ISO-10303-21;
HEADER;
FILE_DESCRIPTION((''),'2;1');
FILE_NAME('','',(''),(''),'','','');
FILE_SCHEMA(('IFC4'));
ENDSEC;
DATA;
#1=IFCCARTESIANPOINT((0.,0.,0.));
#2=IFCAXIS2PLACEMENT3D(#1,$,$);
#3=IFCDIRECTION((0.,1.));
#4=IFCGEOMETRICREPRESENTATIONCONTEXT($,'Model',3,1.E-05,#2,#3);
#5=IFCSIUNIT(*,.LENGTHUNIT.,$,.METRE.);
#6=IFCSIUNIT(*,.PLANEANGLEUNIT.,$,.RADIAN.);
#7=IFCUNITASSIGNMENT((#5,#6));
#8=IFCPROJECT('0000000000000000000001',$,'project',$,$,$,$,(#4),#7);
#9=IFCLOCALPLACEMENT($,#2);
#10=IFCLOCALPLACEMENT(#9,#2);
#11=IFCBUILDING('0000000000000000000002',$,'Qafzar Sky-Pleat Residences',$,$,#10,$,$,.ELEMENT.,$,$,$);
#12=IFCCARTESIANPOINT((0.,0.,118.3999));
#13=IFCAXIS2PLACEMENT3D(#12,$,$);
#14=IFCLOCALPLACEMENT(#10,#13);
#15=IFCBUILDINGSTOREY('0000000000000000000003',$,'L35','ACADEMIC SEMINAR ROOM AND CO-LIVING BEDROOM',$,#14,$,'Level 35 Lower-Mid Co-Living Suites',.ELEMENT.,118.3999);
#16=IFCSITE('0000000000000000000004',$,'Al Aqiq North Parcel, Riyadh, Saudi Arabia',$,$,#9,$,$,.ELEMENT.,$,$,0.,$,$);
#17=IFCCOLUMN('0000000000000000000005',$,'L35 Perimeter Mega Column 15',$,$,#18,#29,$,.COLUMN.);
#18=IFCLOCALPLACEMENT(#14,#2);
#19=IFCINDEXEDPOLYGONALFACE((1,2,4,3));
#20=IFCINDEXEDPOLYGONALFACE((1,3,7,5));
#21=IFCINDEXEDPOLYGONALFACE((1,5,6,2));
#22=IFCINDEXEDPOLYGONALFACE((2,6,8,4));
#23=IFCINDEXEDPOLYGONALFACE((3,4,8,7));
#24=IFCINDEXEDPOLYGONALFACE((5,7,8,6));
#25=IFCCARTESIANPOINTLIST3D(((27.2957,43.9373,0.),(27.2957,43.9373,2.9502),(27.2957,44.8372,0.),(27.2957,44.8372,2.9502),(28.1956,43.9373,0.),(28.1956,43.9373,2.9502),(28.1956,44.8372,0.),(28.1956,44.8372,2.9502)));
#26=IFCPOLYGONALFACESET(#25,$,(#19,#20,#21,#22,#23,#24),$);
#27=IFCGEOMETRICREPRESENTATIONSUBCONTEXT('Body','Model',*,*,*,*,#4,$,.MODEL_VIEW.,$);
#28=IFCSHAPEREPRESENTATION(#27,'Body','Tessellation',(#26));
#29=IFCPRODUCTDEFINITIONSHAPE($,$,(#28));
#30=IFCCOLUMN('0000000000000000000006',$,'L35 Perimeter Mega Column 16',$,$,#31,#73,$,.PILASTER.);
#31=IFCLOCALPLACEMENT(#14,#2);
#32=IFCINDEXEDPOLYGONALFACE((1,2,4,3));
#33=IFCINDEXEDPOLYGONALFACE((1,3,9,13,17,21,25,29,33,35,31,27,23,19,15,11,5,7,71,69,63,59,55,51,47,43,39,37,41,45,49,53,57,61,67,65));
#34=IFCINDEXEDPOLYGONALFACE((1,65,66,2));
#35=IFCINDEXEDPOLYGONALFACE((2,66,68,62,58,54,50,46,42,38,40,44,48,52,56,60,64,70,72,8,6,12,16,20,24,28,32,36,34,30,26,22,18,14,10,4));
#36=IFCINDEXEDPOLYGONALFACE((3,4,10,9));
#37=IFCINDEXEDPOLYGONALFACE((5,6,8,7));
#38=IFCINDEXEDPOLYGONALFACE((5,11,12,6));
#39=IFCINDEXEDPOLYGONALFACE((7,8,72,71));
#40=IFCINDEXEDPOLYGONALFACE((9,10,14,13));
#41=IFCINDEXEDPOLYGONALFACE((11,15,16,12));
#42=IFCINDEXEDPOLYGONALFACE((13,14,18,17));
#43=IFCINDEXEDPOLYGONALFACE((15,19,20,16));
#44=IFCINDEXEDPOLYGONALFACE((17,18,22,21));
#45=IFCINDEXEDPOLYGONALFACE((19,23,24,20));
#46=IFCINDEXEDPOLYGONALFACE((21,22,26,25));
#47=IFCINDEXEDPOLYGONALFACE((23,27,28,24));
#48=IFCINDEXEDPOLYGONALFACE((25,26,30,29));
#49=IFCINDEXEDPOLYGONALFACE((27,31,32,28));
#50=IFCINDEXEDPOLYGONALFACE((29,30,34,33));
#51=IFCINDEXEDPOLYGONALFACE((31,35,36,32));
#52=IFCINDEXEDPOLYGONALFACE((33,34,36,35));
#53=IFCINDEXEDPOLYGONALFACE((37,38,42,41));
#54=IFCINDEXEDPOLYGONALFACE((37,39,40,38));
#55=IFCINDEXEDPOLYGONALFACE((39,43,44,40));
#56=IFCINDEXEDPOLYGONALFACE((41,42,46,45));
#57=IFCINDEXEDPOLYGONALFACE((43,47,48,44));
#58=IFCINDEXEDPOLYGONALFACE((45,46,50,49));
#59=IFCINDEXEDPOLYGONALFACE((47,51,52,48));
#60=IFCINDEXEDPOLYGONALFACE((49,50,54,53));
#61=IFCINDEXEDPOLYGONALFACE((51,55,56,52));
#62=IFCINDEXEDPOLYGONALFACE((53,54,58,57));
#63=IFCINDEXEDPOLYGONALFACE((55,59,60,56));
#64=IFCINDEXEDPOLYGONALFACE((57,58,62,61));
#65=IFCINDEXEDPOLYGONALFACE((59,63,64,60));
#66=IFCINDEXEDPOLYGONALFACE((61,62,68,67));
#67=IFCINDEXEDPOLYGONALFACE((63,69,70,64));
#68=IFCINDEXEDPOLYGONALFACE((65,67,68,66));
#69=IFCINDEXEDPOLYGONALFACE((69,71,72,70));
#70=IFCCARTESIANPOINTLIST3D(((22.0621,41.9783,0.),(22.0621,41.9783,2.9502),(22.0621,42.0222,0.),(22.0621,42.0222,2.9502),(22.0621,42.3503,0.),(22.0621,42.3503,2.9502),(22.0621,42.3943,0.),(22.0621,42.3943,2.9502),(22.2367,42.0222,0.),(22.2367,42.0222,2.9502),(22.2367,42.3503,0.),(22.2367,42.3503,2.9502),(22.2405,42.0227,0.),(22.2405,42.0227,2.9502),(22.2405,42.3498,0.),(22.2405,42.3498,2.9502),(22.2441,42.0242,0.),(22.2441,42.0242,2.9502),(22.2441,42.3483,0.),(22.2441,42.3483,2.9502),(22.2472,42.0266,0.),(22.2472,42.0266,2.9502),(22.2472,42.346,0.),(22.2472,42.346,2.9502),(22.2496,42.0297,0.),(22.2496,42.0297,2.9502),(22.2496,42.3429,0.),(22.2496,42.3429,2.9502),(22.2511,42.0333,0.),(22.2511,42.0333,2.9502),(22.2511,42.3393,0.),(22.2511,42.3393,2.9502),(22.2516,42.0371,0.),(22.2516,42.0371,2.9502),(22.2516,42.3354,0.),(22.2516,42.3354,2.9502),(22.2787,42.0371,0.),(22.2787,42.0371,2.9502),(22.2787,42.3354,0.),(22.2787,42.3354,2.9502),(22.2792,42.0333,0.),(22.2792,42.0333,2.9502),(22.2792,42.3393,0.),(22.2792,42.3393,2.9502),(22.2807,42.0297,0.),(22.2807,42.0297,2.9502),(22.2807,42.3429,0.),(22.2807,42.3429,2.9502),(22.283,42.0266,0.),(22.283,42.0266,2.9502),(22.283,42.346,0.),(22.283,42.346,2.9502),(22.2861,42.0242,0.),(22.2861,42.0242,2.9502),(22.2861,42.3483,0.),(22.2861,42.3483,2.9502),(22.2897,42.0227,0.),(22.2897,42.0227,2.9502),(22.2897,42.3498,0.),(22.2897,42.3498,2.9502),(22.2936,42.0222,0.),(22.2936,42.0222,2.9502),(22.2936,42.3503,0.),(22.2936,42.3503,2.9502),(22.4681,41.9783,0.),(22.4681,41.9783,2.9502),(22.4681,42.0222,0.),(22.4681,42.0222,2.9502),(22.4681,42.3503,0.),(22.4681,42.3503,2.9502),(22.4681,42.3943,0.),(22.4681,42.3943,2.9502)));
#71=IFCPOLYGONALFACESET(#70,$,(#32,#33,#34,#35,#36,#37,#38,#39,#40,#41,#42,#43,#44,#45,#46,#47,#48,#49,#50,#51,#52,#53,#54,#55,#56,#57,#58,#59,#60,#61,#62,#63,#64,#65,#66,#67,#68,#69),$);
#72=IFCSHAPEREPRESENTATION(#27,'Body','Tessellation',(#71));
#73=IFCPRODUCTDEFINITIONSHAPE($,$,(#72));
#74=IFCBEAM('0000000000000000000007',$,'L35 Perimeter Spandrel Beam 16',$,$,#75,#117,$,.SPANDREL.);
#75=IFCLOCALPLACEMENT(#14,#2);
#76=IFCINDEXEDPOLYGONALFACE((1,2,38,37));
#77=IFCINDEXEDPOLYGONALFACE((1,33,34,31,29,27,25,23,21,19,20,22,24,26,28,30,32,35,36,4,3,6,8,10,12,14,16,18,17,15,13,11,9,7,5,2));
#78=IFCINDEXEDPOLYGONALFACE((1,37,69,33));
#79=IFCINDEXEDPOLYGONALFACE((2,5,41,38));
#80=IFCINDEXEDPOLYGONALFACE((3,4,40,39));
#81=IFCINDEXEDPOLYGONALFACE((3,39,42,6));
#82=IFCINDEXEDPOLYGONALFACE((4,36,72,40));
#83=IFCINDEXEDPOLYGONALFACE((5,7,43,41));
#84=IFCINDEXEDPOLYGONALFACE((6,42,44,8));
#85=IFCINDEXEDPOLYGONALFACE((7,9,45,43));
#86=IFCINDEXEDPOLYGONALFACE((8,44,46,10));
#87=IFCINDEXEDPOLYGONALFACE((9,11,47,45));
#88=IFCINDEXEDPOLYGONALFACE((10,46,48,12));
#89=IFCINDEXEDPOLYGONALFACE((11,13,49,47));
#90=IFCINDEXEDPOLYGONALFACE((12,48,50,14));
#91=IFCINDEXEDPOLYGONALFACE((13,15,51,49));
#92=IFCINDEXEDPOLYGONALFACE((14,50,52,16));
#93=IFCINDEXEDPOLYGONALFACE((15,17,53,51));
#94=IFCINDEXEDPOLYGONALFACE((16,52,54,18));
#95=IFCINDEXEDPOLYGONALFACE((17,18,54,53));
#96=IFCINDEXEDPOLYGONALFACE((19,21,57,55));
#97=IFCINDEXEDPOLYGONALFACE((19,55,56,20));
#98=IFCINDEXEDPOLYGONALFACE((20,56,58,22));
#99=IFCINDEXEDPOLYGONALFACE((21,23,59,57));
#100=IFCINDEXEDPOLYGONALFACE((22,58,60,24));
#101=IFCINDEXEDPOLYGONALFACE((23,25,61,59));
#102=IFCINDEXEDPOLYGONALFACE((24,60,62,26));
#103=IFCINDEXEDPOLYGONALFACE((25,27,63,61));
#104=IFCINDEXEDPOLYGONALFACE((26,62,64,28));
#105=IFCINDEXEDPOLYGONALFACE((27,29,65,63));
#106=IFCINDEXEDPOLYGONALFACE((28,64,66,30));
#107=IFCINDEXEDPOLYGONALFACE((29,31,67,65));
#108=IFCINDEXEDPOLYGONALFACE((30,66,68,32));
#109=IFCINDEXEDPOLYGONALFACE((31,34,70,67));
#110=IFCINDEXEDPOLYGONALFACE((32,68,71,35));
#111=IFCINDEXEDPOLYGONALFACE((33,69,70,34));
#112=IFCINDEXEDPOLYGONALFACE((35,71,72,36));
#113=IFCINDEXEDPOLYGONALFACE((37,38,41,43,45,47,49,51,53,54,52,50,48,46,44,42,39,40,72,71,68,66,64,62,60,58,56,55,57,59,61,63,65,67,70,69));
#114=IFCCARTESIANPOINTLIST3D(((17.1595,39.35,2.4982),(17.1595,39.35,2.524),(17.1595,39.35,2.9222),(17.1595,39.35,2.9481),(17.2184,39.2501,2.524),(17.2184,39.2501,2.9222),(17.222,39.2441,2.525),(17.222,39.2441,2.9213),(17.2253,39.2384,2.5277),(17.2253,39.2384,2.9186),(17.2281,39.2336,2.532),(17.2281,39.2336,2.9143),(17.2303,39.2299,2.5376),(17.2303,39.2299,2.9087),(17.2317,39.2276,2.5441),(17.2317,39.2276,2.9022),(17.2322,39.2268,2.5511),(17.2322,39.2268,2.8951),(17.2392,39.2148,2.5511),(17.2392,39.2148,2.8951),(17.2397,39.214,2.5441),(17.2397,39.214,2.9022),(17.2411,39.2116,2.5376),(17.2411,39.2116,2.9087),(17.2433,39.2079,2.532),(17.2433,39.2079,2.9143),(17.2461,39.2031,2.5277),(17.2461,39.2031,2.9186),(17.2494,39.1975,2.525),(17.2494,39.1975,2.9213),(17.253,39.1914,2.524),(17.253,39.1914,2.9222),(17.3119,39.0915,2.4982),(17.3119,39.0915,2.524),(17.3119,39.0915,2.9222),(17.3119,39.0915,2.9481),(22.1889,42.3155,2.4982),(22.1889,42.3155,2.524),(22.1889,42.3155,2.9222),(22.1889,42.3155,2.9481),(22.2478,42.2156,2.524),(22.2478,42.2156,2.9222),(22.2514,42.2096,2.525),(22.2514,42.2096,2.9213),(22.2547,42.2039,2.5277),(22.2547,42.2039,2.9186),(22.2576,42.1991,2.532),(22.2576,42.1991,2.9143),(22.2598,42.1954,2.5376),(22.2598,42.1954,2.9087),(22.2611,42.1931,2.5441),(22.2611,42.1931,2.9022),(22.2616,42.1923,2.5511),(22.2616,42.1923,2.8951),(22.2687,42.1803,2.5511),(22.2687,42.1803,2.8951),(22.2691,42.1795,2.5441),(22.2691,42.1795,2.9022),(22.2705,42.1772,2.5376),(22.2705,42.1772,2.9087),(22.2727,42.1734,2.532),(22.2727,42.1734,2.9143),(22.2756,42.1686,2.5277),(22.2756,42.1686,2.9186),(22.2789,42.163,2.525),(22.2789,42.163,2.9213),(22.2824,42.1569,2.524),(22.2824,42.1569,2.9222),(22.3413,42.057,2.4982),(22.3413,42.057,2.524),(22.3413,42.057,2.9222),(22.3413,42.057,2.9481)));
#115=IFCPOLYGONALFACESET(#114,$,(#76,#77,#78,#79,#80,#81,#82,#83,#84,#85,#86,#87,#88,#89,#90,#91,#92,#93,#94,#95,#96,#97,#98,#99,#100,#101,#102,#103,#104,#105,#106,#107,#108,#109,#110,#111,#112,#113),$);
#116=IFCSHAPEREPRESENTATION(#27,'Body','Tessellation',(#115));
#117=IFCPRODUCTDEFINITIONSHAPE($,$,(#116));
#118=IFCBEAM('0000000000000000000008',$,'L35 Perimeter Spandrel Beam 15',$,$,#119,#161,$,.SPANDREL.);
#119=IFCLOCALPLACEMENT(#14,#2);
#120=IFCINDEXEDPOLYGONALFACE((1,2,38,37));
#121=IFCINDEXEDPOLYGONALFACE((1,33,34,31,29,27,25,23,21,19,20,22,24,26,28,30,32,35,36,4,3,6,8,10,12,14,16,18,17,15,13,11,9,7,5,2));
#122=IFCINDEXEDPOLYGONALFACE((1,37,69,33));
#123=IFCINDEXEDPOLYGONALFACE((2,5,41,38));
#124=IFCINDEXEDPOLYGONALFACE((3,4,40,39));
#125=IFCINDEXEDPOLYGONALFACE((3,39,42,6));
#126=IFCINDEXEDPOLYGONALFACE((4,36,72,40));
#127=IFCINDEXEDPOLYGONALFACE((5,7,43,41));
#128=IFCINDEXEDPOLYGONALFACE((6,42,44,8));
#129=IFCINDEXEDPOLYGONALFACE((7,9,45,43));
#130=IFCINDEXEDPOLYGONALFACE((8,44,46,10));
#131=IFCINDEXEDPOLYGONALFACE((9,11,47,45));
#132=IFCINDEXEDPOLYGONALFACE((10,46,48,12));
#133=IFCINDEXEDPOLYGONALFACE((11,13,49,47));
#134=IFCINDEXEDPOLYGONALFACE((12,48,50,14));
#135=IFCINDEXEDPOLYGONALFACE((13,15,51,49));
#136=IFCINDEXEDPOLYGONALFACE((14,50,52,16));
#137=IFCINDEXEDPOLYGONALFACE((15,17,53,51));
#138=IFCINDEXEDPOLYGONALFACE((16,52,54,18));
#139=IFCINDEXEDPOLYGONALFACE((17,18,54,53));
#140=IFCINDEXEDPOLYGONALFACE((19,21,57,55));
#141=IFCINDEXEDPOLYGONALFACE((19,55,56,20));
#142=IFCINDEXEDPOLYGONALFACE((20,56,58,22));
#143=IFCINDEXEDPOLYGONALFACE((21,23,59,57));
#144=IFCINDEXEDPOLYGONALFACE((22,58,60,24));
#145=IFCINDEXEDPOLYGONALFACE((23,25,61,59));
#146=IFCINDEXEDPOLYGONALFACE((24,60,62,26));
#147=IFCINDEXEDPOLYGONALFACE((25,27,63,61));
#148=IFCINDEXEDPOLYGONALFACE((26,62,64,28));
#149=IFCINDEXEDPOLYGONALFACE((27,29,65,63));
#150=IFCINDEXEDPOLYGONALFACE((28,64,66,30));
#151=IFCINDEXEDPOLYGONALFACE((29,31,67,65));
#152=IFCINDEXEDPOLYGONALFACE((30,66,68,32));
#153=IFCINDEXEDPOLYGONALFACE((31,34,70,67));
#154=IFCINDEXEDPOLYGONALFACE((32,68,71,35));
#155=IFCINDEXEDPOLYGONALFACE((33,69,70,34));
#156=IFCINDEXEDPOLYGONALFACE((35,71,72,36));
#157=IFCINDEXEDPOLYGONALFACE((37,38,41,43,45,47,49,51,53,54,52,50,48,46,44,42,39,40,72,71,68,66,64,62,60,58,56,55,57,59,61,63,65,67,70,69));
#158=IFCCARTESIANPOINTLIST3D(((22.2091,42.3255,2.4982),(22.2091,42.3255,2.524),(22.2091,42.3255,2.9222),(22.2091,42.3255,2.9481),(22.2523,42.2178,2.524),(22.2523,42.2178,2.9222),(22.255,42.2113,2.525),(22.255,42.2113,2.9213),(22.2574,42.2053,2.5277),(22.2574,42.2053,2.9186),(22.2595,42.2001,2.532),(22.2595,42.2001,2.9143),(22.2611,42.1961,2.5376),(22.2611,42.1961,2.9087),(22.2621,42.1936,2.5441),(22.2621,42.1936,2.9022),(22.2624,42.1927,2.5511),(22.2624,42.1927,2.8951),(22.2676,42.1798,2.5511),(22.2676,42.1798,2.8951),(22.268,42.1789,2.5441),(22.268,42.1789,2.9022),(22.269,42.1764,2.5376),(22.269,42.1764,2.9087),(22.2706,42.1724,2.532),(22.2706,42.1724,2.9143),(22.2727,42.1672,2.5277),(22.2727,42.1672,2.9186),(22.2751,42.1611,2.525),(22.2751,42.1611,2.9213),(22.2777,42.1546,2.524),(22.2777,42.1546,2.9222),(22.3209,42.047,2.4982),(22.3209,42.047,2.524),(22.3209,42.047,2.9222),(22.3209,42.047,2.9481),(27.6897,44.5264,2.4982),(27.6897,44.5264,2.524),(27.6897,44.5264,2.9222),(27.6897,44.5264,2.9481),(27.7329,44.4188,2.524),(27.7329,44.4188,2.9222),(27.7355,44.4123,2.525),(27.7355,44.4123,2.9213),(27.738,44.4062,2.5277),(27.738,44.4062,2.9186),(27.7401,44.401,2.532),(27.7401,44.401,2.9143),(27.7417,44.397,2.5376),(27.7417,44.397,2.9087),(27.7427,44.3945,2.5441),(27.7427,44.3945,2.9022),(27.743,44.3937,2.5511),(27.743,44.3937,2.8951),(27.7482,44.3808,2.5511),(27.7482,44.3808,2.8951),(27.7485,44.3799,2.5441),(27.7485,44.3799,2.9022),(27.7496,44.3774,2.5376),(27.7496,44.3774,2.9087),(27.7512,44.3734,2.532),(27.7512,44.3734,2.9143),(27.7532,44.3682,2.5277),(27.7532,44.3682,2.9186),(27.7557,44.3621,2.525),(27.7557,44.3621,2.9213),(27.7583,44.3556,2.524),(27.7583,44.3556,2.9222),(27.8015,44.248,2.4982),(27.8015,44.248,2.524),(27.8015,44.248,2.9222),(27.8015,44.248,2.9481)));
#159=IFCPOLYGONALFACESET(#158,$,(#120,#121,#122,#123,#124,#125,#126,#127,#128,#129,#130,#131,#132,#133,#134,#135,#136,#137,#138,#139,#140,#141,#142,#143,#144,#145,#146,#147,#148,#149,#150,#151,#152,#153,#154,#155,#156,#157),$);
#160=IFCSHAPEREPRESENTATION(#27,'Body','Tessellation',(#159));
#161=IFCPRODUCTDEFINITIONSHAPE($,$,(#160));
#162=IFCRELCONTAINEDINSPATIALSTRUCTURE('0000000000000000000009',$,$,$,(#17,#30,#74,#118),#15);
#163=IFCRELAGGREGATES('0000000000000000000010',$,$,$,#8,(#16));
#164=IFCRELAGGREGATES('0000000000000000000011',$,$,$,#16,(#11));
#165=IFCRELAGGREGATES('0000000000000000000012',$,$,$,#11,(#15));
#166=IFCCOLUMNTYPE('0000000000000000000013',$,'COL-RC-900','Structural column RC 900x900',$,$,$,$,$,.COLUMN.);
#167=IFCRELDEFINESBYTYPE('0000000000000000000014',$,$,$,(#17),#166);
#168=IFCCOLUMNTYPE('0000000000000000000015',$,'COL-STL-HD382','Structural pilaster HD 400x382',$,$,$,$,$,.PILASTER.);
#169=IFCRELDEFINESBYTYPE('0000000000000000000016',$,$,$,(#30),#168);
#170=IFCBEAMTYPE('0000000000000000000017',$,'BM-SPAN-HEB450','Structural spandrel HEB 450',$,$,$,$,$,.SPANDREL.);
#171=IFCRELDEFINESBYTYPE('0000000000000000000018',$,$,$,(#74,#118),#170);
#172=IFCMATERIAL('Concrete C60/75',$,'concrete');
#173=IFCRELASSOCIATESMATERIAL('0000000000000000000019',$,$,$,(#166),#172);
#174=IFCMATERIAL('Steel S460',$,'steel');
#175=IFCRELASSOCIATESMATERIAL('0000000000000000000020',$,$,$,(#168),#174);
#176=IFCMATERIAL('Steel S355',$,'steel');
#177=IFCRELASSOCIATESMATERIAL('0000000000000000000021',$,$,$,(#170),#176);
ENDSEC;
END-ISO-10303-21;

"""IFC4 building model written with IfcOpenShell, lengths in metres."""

from ifc_helpers import new_model, si_unit, direction, frame, origin, origin_2d, place, context, subcontext, project, spatial, rectangle, i_section, extrude, source, transform, mapped, material, material_profile, profile_set, type_object, element, save


model = new_model("IFC4")

# Units and contexts
model_context = context("Model", 3, precision=1e-05, world=origin(), true_north=direction((0.0, 1.0)))
body_context = subcontext(model_context, "Body", "Model", "MODEL_VIEW")
ifc_project = project(units=[si_unit("LENGTHUNIT", "METRE"), si_unit("PLANEANGLEUNIT", "RADIAN")], contexts=[model_context])

# Site, building, storey
site_placement = place(None, origin())
site = spatial("IfcSite", under=ifc_project, at=site_placement, Name="Al Aqiq North Parcel, Riyadh, Saudi Arabia", CompositionType="ELEMENT", RefElevation=0.0)
building_placement = place(site_placement, origin())
building = spatial("IfcBuilding", under=site, at=building_placement, Name="Qafzar Sky-Pleat Residences", CompositionType="ELEMENT")
storey_placement = place(building_placement, frame((0.0, 0.0, 118.3999)))
storey = spatial("IfcBuildingStorey", under=building, at=storey_placement, Name="L35", Description="ACADEMIC SEMINAR ROOM AND CO-LIVING BEDROOM", LongName="Level 35 Lower-Mid Co-Living Suites", CompositionType="ELEMENT", Elevation=118.3999)

# Columns
ifc_material_1 = material(Name="Concrete C60/75", Category="concrete")
ifc_material_profile_1 = material_profile(ifc_material_1, rectangle(XDim=0.8999, YDim=0.8999, at=origin_2d()), Name="RC 900x900")
ifc_profile_set_1 = profile_set([ifc_material_profile_1], Name="Concrete C60/75")
column_type_1 = type_object("IfcColumnType", Name="COL-RC-900", Description="Structural column RC 900x900", PredefinedType="COLUMN", material=ifc_profile_set_1)
shared_shape_1 = source(origin(), body_context, "Body", "SweptSolid", [
    extrude(rectangle(XDim=0.8999, YDim=0.8999, at=origin_2d()), origin(), (0.0, 0.0, 1.0), 2.9502),
])
column_1_placement = place(storey_placement, frame((27.7456, 44.3872, 0.0), z_axis=(0.0, 0.0, 1.0), x_axis=(1.0, 0.0, 0.0)))
element("IfcColumn", 1, at=column_1_placement, inside=storey, type_object=column_type_1, Name="L35 Perimeter Mega Column 15", PredefinedType="COLUMN", context=body_context, shape_type="MappedRepresentation", body=[
    mapped(shared_shape_1, transform((0.0, 0.0, 0.0), x_axis=(1.0, 0.0, 0.0), y_axis=(0.0, 1.0, 0.0), z_axis=(0.0, 0.0, 1.0), scale=1.0)),
])
ifc_material_2 = material(Name="Steel S460", Category="steel")
ifc_material_profile_2 = material_profile(ifc_material_2, i_section(OverallWidth=0.406, OverallDepth=0.416, WebThickness=0.0271, FlangeThickness=0.0439, FilletRadius=0.0149, at=origin_2d()), Name="HD 400x382")
ifc_profile_set_2 = profile_set([ifc_material_profile_2], Name="Steel S460")
column_type_2 = type_object("IfcColumnType", Name="COL-STL-HD382", Description="Structural pilaster HD 400x382", PredefinedType="PILASTER", material=ifc_profile_set_2)
shared_shape_2 = source(origin(), body_context, "Body", "SweptSolid", [
    extrude(i_section(OverallWidth=0.406, OverallDepth=0.416, WebThickness=0.0271, FlangeThickness=0.0439, FilletRadius=0.0149, at=origin_2d()), origin(), (0.0, 0.0, 1.0), 2.9502),
])
column_2_placement = place(storey_placement, frame((22.2651, 42.1863, 0.0), z_axis=(0.0, 0.0, 1.0), x_axis=(1.0, 0.0, 0.0)))
element("IfcColumn", 2, at=column_2_placement, inside=storey, type_object=column_type_2, Name="L35 Perimeter Mega Column 16", PredefinedType="PILASTER", context=body_context, shape_type="MappedRepresentation", body=[
    mapped(shared_shape_2, transform((0.0, 0.0, 0.0), x_axis=(1.0, 0.0, 0.0), y_axis=(0.0, 1.0, 0.0), z_axis=(0.0, 0.0, 1.0), scale=1.0)),
])

# Beams
ifc_material_3 = material(Name="Steel S355", Category="steel")
ifc_material_profile_3 = material_profile(ifc_material_3, i_section(OverallWidth=0.3, OverallDepth=0.45, WebThickness=0.0139, FlangeThickness=0.0259, FilletRadius=0.0271, at=origin_2d()), Name="HEB 450")
ifc_profile_set_3 = profile_set([ifc_material_profile_3], Name="Steel S355")
beam_type_1 = type_object("IfcBeamType", Name="BM-SPAN-HEB450", Description="Structural spandrel HEB 450", PredefinedType="SPANDREL", material=ifc_profile_set_3)
shared_shape_3 = source(origin(), body_context, "Body", "SweptSolid", [
    extrude(i_section(OverallWidth=0.3, OverallDepth=0.45, WebThickness=0.0139, FlangeThickness=0.0259, FilletRadius=0.0271, at=origin_2d()), origin(), (0.0, 0.0, 1.0), 5.8386),
])
beam_1_placement = place(storey_placement, frame((22.2651, 42.1863, 2.7231), z_axis=(-0.861408, -0.507913, 0.0), x_axis=(0.507913, -0.861408, 0.0)))
element("IfcBeam", 3, at=beam_1_placement, inside=storey, type_object=beam_type_1, Name="L35 Perimeter Spandrel Beam 16", PredefinedType="SPANDREL", context=body_context, shape_type="MappedRepresentation", body=[
    mapped(shared_shape_3, transform((0.0, 0.0, 0.0), x_axis=(1.0, 0.0, 0.0), y_axis=(0.0, 1.0, 0.0), z_axis=(0.0, 0.0, 1.0), scale=1.0)),
])
shared_shape_4 = source(origin(), body_context, "Body", "SweptSolid", [
    extrude(i_section(OverallWidth=0.3, OverallDepth=0.45, WebThickness=0.0139, FlangeThickness=0.0259, FilletRadius=0.0271, at=origin_2d()), origin(), (0.0, 0.0, 1.0), 5.906),
])
beam_2_placement = place(storey_placement, frame((27.7456, 44.3872, 2.7231), z_axis=(-0.927965, -0.372666, 0.0), x_axis=(0.372666, -0.927965, 0.0)))
element("IfcBeam", 4, at=beam_2_placement, inside=storey, type_object=beam_type_1, Name="L35 Perimeter Spandrel Beam 15", PredefinedType="SPANDREL", context=body_context, shape_type="MappedRepresentation", body=[
    mapped(shared_shape_4, transform((0.0, 0.0, 0.0), x_axis=(1.0, 0.0, 0.0), y_axis=(0.0, 1.0, 0.0), z_axis=(0.0, 0.0, 1.0), scale=1.0)),
])

save(model, "model.ifc")
